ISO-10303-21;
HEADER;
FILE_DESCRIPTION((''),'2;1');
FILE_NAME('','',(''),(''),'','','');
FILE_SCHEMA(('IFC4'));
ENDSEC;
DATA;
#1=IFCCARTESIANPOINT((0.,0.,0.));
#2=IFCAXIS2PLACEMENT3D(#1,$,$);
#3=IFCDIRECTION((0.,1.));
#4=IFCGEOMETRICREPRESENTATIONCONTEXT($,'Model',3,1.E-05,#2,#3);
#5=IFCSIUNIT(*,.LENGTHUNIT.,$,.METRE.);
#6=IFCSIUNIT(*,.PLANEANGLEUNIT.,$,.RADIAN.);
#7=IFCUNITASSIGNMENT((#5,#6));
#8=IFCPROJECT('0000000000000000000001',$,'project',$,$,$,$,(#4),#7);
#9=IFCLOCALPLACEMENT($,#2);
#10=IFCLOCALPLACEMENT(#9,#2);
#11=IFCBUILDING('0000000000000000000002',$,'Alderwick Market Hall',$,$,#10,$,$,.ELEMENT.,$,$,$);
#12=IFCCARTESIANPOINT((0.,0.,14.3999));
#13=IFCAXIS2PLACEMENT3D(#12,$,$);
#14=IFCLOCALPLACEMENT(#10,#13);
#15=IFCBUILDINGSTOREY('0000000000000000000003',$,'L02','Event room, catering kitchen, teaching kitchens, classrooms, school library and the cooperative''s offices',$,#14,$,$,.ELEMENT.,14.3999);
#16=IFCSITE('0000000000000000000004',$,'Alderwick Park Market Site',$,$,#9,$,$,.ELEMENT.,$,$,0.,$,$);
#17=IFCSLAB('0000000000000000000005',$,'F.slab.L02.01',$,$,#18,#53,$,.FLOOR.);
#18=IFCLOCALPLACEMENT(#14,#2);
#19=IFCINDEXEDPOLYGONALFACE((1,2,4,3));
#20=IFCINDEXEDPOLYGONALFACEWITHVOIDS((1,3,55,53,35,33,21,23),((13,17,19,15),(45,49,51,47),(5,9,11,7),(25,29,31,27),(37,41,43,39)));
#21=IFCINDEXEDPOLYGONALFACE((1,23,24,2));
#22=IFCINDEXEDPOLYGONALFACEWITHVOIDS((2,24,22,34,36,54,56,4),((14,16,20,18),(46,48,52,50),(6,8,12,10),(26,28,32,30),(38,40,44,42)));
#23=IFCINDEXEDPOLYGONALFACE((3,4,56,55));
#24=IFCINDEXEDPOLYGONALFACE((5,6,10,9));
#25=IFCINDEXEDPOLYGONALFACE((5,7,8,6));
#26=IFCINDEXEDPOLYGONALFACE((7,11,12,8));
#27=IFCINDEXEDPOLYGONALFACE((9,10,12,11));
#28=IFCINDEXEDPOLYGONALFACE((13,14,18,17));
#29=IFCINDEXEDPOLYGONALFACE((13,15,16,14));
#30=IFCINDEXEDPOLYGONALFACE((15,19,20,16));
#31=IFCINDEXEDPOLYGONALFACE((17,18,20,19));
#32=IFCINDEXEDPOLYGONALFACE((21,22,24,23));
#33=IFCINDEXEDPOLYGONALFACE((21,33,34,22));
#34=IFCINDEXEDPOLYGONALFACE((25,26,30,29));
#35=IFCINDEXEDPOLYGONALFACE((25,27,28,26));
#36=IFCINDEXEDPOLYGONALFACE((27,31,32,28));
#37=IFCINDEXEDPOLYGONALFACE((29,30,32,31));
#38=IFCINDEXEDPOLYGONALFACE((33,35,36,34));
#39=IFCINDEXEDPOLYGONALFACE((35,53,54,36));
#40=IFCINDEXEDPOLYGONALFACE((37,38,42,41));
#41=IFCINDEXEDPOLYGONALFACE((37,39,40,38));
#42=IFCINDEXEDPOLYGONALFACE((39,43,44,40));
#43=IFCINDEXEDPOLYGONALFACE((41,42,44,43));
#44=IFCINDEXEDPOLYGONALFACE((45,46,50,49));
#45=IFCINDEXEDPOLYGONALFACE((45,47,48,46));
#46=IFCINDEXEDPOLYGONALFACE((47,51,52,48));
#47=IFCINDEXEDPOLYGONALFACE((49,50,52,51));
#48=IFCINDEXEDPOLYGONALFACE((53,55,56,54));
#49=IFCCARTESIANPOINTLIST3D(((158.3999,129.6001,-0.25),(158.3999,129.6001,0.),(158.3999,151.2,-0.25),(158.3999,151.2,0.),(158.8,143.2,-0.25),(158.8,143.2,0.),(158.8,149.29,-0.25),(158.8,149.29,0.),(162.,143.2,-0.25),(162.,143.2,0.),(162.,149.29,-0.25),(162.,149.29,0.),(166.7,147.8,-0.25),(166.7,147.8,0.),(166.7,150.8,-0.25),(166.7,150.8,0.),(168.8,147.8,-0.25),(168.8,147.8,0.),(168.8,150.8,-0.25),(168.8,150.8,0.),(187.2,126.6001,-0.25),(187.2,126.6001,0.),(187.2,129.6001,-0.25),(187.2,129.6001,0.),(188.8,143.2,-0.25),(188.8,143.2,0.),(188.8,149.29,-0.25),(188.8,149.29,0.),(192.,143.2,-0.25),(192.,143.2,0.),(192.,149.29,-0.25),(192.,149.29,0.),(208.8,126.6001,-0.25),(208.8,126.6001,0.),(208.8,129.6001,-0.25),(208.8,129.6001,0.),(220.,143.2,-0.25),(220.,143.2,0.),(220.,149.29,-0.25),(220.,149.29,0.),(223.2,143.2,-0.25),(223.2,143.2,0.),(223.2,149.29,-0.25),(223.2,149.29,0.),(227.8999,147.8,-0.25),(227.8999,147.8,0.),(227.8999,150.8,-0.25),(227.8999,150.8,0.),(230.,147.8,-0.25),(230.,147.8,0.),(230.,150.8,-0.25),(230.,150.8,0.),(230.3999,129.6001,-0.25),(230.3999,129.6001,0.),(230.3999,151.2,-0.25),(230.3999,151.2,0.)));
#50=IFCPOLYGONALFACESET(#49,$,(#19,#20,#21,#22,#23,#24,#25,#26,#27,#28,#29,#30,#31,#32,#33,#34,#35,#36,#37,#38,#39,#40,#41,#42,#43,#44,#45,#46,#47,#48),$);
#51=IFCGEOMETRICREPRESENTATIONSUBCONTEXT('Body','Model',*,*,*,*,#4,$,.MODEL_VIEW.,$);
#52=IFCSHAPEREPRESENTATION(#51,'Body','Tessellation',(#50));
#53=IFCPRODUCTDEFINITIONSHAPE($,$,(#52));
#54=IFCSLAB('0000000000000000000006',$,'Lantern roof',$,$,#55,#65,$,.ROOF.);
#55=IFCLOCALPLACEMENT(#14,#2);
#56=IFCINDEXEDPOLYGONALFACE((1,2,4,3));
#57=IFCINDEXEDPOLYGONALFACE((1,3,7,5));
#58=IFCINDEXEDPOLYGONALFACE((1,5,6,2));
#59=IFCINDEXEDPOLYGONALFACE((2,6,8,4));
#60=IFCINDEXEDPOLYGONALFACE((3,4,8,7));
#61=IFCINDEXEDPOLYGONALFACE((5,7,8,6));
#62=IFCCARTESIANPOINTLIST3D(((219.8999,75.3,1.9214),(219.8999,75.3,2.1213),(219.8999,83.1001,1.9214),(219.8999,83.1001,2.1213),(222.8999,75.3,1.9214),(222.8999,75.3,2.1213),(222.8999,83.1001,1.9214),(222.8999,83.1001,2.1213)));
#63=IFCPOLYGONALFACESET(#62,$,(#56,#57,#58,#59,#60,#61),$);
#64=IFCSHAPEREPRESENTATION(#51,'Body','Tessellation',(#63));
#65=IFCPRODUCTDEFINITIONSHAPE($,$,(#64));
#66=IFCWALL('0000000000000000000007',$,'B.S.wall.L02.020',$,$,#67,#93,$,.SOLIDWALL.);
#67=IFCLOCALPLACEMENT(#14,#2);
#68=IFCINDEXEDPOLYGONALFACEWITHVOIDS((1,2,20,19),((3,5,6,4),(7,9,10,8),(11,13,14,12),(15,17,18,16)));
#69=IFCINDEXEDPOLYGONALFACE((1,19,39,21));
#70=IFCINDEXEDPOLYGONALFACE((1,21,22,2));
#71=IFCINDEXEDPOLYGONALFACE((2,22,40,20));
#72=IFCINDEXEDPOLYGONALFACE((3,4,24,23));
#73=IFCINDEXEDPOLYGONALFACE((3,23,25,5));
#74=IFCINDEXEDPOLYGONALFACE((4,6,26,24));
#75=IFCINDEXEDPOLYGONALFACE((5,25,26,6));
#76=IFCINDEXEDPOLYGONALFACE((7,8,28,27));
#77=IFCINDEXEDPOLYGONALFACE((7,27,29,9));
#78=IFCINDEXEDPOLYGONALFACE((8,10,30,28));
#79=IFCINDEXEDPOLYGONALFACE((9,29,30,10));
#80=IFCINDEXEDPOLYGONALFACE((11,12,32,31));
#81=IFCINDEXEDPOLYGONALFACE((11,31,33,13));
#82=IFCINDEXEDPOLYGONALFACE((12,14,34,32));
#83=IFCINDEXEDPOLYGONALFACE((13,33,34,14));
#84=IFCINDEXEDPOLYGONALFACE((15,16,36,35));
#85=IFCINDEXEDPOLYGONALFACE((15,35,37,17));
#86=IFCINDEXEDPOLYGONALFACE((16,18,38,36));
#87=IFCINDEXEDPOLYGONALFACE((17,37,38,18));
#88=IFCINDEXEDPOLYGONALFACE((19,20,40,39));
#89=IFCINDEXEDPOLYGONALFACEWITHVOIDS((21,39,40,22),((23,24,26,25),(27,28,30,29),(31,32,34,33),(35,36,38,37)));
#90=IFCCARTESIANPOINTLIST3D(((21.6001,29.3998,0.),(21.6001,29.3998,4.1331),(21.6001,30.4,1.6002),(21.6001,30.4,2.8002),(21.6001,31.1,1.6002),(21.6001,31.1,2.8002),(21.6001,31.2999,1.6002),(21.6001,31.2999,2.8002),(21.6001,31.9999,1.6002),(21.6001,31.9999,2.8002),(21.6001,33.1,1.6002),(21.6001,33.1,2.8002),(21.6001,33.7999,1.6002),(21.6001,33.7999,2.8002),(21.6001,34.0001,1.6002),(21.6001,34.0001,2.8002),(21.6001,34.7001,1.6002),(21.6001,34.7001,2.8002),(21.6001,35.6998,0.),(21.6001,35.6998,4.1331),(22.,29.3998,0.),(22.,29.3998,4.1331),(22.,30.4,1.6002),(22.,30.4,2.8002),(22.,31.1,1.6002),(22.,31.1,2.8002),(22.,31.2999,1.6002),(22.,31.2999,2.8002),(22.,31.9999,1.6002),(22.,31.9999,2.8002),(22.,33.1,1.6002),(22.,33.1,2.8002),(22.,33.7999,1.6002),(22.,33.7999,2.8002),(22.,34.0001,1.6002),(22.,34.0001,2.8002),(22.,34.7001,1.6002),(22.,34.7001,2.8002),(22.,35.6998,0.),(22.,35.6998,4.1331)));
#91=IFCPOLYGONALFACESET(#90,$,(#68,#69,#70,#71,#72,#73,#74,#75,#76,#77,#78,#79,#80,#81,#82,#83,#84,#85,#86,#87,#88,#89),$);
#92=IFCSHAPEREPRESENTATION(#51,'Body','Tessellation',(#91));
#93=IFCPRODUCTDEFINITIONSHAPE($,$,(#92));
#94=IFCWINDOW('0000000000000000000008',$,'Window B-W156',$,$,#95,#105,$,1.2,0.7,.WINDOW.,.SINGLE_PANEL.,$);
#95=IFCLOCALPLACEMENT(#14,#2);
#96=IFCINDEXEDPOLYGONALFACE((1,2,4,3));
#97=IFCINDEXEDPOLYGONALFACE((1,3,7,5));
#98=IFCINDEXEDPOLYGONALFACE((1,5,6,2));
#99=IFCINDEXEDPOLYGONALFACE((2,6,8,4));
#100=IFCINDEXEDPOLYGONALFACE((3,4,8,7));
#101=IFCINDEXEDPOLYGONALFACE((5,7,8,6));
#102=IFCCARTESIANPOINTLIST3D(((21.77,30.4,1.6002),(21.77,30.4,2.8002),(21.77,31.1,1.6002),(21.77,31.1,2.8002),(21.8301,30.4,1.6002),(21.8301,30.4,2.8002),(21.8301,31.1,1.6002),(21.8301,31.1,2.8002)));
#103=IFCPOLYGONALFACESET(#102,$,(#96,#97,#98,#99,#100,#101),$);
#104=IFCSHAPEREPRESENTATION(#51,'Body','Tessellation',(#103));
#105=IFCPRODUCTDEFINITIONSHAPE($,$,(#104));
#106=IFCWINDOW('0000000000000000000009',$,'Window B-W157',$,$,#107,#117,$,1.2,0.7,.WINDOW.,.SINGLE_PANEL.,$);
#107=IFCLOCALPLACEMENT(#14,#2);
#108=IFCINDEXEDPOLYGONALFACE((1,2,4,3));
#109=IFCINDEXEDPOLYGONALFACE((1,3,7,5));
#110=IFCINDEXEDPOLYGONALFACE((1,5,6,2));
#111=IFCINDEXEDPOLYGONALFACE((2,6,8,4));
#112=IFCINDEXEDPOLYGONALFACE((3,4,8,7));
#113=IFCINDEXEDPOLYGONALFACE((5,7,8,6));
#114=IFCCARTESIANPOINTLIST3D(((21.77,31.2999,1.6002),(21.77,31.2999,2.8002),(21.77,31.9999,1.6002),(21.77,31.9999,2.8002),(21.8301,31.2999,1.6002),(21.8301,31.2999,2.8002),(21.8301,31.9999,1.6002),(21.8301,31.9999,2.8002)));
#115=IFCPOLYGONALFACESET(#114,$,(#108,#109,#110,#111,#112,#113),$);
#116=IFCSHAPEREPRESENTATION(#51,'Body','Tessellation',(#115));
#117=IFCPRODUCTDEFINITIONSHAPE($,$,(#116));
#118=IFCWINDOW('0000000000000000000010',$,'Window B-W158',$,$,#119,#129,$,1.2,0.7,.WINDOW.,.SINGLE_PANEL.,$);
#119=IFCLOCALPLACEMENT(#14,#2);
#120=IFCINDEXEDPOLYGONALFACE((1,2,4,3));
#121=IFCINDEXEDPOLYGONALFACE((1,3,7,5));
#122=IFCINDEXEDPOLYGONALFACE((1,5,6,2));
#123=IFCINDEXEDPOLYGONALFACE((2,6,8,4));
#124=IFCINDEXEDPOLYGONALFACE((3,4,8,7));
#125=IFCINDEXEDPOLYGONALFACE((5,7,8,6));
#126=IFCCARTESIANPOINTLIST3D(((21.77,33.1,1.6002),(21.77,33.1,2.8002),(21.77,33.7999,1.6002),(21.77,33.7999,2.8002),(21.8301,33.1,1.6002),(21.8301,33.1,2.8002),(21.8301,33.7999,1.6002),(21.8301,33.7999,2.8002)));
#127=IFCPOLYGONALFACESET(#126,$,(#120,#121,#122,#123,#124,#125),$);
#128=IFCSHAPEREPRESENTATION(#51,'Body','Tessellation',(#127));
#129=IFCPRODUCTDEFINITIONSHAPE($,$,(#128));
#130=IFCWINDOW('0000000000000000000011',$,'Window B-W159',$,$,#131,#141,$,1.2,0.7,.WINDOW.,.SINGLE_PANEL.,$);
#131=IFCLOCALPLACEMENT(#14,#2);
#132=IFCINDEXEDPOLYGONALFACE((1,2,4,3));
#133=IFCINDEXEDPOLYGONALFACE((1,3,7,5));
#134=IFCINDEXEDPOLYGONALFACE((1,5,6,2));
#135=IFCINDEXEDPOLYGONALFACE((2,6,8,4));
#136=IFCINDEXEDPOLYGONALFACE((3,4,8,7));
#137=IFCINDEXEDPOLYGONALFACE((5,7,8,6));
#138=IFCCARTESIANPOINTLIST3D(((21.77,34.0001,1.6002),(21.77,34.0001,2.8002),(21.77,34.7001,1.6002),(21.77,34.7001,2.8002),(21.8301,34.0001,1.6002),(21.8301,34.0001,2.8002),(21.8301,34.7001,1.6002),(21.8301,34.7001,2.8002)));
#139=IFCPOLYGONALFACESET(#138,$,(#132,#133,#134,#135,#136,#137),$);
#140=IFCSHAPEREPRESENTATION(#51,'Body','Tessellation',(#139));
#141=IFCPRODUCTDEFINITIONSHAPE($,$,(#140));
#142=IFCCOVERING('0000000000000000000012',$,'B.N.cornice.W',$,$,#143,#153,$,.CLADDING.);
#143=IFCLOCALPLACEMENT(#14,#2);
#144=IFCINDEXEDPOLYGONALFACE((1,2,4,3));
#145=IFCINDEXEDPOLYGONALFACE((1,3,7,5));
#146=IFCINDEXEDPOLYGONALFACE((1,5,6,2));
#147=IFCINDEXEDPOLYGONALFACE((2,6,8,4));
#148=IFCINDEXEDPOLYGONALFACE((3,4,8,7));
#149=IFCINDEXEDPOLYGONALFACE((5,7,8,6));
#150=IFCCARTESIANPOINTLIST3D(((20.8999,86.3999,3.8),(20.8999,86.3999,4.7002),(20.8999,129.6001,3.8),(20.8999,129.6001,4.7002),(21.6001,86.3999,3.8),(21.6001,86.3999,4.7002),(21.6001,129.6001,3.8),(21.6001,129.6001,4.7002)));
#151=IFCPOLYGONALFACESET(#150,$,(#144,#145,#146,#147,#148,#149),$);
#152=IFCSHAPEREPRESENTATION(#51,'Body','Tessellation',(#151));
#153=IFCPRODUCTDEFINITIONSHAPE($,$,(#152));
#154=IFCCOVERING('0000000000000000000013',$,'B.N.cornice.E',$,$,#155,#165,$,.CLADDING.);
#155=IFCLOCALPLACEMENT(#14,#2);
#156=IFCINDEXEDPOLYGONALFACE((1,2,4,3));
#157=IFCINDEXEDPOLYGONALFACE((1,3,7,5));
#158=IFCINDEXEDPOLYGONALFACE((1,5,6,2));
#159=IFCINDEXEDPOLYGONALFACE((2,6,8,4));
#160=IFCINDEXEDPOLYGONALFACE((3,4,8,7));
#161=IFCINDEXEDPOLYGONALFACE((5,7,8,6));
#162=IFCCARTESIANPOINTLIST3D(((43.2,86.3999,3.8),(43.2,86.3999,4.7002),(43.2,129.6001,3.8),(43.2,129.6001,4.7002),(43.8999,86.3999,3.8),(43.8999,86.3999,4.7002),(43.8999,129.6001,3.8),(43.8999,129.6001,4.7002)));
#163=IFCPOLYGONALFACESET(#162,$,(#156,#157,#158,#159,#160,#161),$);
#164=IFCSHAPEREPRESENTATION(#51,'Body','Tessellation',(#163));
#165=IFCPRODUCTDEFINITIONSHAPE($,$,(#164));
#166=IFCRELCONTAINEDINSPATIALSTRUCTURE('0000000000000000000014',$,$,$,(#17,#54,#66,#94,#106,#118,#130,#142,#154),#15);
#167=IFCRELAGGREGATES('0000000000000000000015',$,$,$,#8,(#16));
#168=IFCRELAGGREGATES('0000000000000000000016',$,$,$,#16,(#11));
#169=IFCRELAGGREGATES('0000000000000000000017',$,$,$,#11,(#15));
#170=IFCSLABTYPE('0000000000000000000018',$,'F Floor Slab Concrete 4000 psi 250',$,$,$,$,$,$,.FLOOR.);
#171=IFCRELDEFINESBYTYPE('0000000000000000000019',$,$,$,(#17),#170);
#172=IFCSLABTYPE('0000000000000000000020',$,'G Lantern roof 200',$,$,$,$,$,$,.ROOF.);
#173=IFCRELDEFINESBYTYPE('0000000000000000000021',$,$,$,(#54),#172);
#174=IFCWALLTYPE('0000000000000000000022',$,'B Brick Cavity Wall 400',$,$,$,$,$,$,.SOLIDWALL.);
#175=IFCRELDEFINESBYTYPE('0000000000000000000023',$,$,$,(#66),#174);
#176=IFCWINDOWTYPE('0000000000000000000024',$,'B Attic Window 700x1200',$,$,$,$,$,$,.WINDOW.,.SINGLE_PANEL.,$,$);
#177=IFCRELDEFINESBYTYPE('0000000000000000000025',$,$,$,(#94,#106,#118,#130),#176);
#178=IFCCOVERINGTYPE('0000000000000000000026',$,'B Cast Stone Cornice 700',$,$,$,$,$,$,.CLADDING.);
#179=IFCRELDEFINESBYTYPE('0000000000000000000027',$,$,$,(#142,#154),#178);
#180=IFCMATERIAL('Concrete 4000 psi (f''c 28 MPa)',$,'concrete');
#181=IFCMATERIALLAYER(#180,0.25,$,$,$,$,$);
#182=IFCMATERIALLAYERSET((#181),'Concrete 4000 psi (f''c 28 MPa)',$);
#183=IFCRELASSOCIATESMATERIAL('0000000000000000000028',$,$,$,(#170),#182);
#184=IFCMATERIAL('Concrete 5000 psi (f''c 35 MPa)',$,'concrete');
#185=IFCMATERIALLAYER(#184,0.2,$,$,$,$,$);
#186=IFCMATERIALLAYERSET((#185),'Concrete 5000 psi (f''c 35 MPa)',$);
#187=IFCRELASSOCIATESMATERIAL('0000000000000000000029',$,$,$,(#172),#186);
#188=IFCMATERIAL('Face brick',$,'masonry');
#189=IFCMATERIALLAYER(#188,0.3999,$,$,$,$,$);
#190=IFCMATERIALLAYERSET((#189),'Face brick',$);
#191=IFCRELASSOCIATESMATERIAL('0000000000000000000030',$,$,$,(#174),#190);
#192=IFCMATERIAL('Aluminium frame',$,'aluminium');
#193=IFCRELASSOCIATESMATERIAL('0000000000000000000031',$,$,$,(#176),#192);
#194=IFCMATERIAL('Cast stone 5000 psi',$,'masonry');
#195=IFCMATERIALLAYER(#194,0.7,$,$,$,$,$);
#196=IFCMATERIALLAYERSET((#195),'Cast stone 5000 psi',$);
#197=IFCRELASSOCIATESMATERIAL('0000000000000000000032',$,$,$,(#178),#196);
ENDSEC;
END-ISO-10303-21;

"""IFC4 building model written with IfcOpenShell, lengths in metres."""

from ifc_helpers import new_model, si_unit, direction, frame, frame_2d, origin, place, context, subcontext, project, spatial, polyline, rectangle, outline, extrude, material, layer, layer_set, type_object, element, fill, save


model = new_model("IFC4")

# Units and contexts
model_context = context("Model", 3, precision=1e-05, world=origin(), true_north=direction((0.0, 1.0)))
body_context = subcontext(model_context, "Body", "Model", "MODEL_VIEW")
ifc_project = project(units=[si_unit("LENGTHUNIT", "METRE"), si_unit("PLANEANGLEUNIT", "RADIAN")], contexts=[model_context])

# Site, building, storey
site_placement = place(None, origin())
site = spatial("IfcSite", under=ifc_project, at=site_placement, Name="Alderwick Park Market Site", CompositionType="ELEMENT", RefElevation=0.0)
building_placement = place(site_placement, origin())
building = spatial("IfcBuilding", under=site, at=building_placement, Name="Alderwick Market Hall", CompositionType="ELEMENT")
storey_placement = place(building_placement, frame((0.0, 0.0, 14.3999)))
storey = spatial("IfcBuildingStorey", under=building, at=storey_placement, Name="L02", Description="Event room, catering kitchen, teaching kitchens, classrooms, school library and the cooperative's offices", CompositionType="ELEMENT", Elevation=14.3999)

# Shared definitions
ifc_material_1 = material(Name="Concrete 4000 psi (f'c 28 MPa)", Category="concrete")
ifc_material_2 = material(Name="Concrete 5000 psi (f'c 35 MPa)", Category="concrete")

# Slabs
ifc_layer_1 = layer(ifc_material_1, 0.25)
ifc_layer_set_1 = layer_set([ifc_layer_1], Name="Concrete 4000 psi (f'c 28 MPa)")
slab_type_1 = type_object("IfcSlabType", Name="F Floor Slab Concrete 4000 psi 250", PredefinedType="FLOOR", material=ifc_layer_set_1)
slab_1_placement = place(storey_placement, frame((0.0, 0.0, -0.25)))
element("IfcSlab", 1, at=slab_1_placement, inside=storey, type_object=slab_type_1, Name="F.slab.L02.01", PredefinedType="FLOOR", context=body_context, shape_type="SweptSolid", body=[
    extrude(outline(polyline([(158.3999, 129.6001), (158.3999, 151.2), (230.3999, 151.2), (230.3999, 129.6001), (208.8, 129.6001), (208.8, 126.6001), (187.2, 126.6001), (187.2, 129.6001), (158.3999, 129.6001)]), holes=[polyline([(158.8, 143.2), (162.0, 143.2), (162.0, 149.29), (158.8, 149.29), (158.8, 143.2)]), polyline([(166.7, 147.8), (168.8, 147.8), (168.8, 150.8), (166.7, 150.8), (166.7, 147.8)]), polyline([(188.8, 143.2), (192.0, 143.2), (192.0, 149.29), (188.8, 149.29), (188.8, 143.2)]), polyline([(220.0, 143.2), (223.2, 143.2), (223.2, 149.29), (220.0, 149.29), (220.0, 143.2)]), polyline([(227.8999, 147.8), (230.0, 147.8), (230.0, 150.8), (227.8999, 150.8), (227.8999, 147.8)])]), origin(), (0.0, 0.0, 1.0), 0.25),
])
ifc_layer_2 = layer(ifc_material_2, 0.2)
ifc_layer_set_2 = layer_set([ifc_layer_2], Name="Concrete 5000 psi (f'c 35 MPa)")
slab_type_2 = type_object("IfcSlabType", Name="G Lantern roof 200", PredefinedType="ROOF", material=ifc_layer_set_2)
slab_2_placement = place(storey_placement, frame((0.0, 0.0, 1.9214)))
element("IfcSlab", 2, at=slab_2_placement, inside=storey, type_object=slab_type_2, Name="Lantern roof", PredefinedType="ROOF", context=body_context, shape_type="SweptSolid", body=[
    extrude(outline(polyline([(219.8999, 75.3), (222.8999, 75.3), (222.8999, 83.1001), (219.8999, 83.1001), (219.8999, 75.3)])), origin(), (0.0, 0.0, 1.0), 0.2),
])

# Wall, openings, windows
ifc_material_3 = material(Name="Face brick", Category="masonry")
ifc_layer_3 = layer(ifc_material_3, 0.3999)
ifc_layer_set_3 = layer_set([ifc_layer_3], Name="Face brick")
wall_type = type_object("IfcWallType", Name="B Brick Cavity Wall 400", PredefinedType="SOLIDWALL", material=ifc_layer_set_3)
wall_placement = place(storey_placement, frame((21.8, 29.3999, 0.0), z_axis=(0.0, 0.0, 1.0), x_axis=(0.0, 1.0, 0.0)))
wall = element("IfcWall", 3, at=wall_placement, inside=storey, type_object=wall_type, Name="B.S.wall.L02.020", PredefinedType="SOLIDWALL", context=body_context, shape_type="SweptSolid", body=[
    extrude(rectangle(XDim=6.3, YDim=0.3999, at=frame_2d((3.1499, 0.0))), origin(), (0.0, 0.0, 1.0), 4.1331),
])
opening_1_placement = place(wall_placement, frame((1.0, 0.0, 1.6001)))
opening_1 = element("IfcOpeningElement", 4, at=opening_1_placement, cuts=wall, PredefinedType="OPENING", context=body_context, shape_type="SweptSolid", body=[
    extrude(rectangle(XDim=0.7, YDim=1.2, at=frame_2d((0.3501, 0.6001))), frame((0.0, 0.21, 0.0), z_axis=(0.0, -1.0, 0.0), x_axis=(1.0, 0.0, 0.0)), (0.0, 0.0, 1.0), 0.4199),
])
opening_2_placement = place(wall_placement, frame((1.8999, 0.0, 1.6001)))
opening_2 = element("IfcOpeningElement", 5, at=opening_2_placement, cuts=wall, PredefinedType="OPENING", context=body_context, shape_type="SweptSolid", body=[
    extrude(rectangle(XDim=0.7, YDim=1.2, at=frame_2d((0.3501, 0.6001))), frame((0.0, 0.21, 0.0), z_axis=(0.0, -1.0, 0.0), x_axis=(1.0, 0.0, 0.0)), (0.0, 0.0, 1.0), 0.4199),
])
opening_3_placement = place(wall_placement, frame((3.7, 0.0, 1.6001)))
opening_3 = element("IfcOpeningElement", 6, at=opening_3_placement, cuts=wall, PredefinedType="OPENING", context=body_context, shape_type="SweptSolid", body=[
    extrude(rectangle(XDim=0.7, YDim=1.2, at=frame_2d((0.3501, 0.6001))), frame((0.0, 0.21, 0.0), z_axis=(0.0, -1.0, 0.0), x_axis=(1.0, 0.0, 0.0)), (0.0, 0.0, 1.0), 0.4199),
])
opening_4_placement = place(wall_placement, frame((4.6001, 0.0, 1.6001)))
opening_4 = element("IfcOpeningElement", 7, at=opening_4_placement, cuts=wall, PredefinedType="OPENING", context=body_context, shape_type="SweptSolid", body=[
    extrude(rectangle(XDim=0.7, YDim=1.2, at=frame_2d((0.3501, 0.6001))), frame((0.0, 0.21, 0.0), z_axis=(0.0, -1.0, 0.0), x_axis=(1.0, 0.0, 0.0)), (0.0, 0.0, 1.0), 0.4199),
])
ifc_material_4 = material(Name="Aluminium frame", Category="aluminium")
window_type = type_object("IfcWindowType", Name="B Attic Window 700x1200", PartitioningType="SINGLE_PANEL", PredefinedType="WINDOW", material=ifc_material_4)
window_1_placement = place(opening_1_placement, origin())
window_1 = element("IfcWindow", 8, at=window_1_placement, inside=storey, type_object=window_type, Name="Window B-W156", OverallHeight=1.2, OverallWidth=0.7, PartitioningType="SINGLE_PANEL", PredefinedType="WINDOW", context=body_context, shape_type="SweptSolid", body=[
    extrude(rectangle(XDim=0.7, YDim=1.2, at=frame_2d((0.3501, 0.6001))), frame((0.0, 0.03, 0.0), z_axis=(0.0, -1.0, 0.0), x_axis=(1.0, 0.0, 0.0)), (0.0, 0.0, 1.0), 0.0601),
])
fill(opening_1, window_1)
window_2_placement = place(opening_2_placement, origin())
window_2 = element("IfcWindow", 9, at=window_2_placement, inside=storey, type_object=window_type, Name="Window B-W157", OverallHeight=1.2, OverallWidth=0.7, PartitioningType="SINGLE_PANEL", PredefinedType="WINDOW", context=body_context, shape_type="SweptSolid", body=[
    extrude(rectangle(XDim=0.7, YDim=1.2, at=frame_2d((0.3501, 0.6001))), frame((0.0, 0.03, 0.0), z_axis=(0.0, -1.0, 0.0), x_axis=(1.0, 0.0, 0.0)), (0.0, 0.0, 1.0), 0.0601),
])
fill(opening_2, window_2)
window_3_placement = place(opening_3_placement, origin())
window_3 = element("IfcWindow", 10, at=window_3_placement, inside=storey, type_object=window_type, Name="Window B-W158", OverallHeight=1.2, OverallWidth=0.7, PartitioningType="SINGLE_PANEL", PredefinedType="WINDOW", context=body_context, shape_type="SweptSolid", body=[
    extrude(rectangle(XDim=0.7, YDim=1.2, at=frame_2d((0.3501, 0.6001))), frame((0.0, 0.03, 0.0), z_axis=(0.0, -1.0, 0.0), x_axis=(1.0, 0.0, 0.0)), (0.0, 0.0, 1.0), 0.0601),
])
fill(opening_3, window_3)
window_4_placement = place(opening_4_placement, origin())
window_4 = element("IfcWindow", 11, at=window_4_placement, inside=storey, type_object=window_type, Name="Window B-W159", OverallHeight=1.2, OverallWidth=0.7, PartitioningType="SINGLE_PANEL", PredefinedType="WINDOW", context=body_context, shape_type="SweptSolid", body=[
    extrude(rectangle(XDim=0.7, YDim=1.2, at=frame_2d((0.3501, 0.6001))), frame((0.0, 0.03, 0.0), z_axis=(0.0, -1.0, 0.0), x_axis=(1.0, 0.0, 0.0)), (0.0, 0.0, 1.0), 0.0601),
])
fill(opening_4, window_4)

# Coverings
ifc_material_5 = material(Name="Cast stone 5000 psi", Category="masonry")
ifc_layer_4 = layer(ifc_material_5, 0.7)
ifc_layer_set_4 = layer_set([ifc_layer_4], Name="Cast stone 5000 psi")
covering_type_1 = type_object("IfcCoveringType", Name="B Cast Stone Cornice 700", PredefinedType="CLADDING", material=ifc_layer_set_4)
covering_1_placement = place(storey_placement, frame((0.0, 0.0, 3.8)))
element("IfcCovering", 12, at=covering_1_placement, inside=storey, type_object=covering_type_1, Name="B.N.cornice.W", PredefinedType="CLADDING", context=body_context, shape_type="SweptSolid", body=[
    extrude(outline(polyline([(20.8999, 86.3999), (21.6001, 86.3999), (21.6001, 129.6001), (20.8999, 129.6001), (20.8999, 86.3999)])), origin(), (0.0, 0.0, 1.0), 0.9001),
])
covering_2_placement = place(storey_placement, frame((0.0, 0.0, 3.8)))
element("IfcCovering", 13, at=covering_2_placement, inside=storey, type_object=covering_type_1, Name="B.N.cornice.E", PredefinedType="CLADDING", context=body_context, shape_type="SweptSolid", body=[
    extrude(outline(polyline([(43.2, 86.3999), (43.8999, 86.3999), (43.8999, 129.6001), (43.2, 129.6001), (43.2, 86.3999)])), origin(), (0.0, 0.0, 1.0), 0.9001),
])

save(model, "model.ifc")
